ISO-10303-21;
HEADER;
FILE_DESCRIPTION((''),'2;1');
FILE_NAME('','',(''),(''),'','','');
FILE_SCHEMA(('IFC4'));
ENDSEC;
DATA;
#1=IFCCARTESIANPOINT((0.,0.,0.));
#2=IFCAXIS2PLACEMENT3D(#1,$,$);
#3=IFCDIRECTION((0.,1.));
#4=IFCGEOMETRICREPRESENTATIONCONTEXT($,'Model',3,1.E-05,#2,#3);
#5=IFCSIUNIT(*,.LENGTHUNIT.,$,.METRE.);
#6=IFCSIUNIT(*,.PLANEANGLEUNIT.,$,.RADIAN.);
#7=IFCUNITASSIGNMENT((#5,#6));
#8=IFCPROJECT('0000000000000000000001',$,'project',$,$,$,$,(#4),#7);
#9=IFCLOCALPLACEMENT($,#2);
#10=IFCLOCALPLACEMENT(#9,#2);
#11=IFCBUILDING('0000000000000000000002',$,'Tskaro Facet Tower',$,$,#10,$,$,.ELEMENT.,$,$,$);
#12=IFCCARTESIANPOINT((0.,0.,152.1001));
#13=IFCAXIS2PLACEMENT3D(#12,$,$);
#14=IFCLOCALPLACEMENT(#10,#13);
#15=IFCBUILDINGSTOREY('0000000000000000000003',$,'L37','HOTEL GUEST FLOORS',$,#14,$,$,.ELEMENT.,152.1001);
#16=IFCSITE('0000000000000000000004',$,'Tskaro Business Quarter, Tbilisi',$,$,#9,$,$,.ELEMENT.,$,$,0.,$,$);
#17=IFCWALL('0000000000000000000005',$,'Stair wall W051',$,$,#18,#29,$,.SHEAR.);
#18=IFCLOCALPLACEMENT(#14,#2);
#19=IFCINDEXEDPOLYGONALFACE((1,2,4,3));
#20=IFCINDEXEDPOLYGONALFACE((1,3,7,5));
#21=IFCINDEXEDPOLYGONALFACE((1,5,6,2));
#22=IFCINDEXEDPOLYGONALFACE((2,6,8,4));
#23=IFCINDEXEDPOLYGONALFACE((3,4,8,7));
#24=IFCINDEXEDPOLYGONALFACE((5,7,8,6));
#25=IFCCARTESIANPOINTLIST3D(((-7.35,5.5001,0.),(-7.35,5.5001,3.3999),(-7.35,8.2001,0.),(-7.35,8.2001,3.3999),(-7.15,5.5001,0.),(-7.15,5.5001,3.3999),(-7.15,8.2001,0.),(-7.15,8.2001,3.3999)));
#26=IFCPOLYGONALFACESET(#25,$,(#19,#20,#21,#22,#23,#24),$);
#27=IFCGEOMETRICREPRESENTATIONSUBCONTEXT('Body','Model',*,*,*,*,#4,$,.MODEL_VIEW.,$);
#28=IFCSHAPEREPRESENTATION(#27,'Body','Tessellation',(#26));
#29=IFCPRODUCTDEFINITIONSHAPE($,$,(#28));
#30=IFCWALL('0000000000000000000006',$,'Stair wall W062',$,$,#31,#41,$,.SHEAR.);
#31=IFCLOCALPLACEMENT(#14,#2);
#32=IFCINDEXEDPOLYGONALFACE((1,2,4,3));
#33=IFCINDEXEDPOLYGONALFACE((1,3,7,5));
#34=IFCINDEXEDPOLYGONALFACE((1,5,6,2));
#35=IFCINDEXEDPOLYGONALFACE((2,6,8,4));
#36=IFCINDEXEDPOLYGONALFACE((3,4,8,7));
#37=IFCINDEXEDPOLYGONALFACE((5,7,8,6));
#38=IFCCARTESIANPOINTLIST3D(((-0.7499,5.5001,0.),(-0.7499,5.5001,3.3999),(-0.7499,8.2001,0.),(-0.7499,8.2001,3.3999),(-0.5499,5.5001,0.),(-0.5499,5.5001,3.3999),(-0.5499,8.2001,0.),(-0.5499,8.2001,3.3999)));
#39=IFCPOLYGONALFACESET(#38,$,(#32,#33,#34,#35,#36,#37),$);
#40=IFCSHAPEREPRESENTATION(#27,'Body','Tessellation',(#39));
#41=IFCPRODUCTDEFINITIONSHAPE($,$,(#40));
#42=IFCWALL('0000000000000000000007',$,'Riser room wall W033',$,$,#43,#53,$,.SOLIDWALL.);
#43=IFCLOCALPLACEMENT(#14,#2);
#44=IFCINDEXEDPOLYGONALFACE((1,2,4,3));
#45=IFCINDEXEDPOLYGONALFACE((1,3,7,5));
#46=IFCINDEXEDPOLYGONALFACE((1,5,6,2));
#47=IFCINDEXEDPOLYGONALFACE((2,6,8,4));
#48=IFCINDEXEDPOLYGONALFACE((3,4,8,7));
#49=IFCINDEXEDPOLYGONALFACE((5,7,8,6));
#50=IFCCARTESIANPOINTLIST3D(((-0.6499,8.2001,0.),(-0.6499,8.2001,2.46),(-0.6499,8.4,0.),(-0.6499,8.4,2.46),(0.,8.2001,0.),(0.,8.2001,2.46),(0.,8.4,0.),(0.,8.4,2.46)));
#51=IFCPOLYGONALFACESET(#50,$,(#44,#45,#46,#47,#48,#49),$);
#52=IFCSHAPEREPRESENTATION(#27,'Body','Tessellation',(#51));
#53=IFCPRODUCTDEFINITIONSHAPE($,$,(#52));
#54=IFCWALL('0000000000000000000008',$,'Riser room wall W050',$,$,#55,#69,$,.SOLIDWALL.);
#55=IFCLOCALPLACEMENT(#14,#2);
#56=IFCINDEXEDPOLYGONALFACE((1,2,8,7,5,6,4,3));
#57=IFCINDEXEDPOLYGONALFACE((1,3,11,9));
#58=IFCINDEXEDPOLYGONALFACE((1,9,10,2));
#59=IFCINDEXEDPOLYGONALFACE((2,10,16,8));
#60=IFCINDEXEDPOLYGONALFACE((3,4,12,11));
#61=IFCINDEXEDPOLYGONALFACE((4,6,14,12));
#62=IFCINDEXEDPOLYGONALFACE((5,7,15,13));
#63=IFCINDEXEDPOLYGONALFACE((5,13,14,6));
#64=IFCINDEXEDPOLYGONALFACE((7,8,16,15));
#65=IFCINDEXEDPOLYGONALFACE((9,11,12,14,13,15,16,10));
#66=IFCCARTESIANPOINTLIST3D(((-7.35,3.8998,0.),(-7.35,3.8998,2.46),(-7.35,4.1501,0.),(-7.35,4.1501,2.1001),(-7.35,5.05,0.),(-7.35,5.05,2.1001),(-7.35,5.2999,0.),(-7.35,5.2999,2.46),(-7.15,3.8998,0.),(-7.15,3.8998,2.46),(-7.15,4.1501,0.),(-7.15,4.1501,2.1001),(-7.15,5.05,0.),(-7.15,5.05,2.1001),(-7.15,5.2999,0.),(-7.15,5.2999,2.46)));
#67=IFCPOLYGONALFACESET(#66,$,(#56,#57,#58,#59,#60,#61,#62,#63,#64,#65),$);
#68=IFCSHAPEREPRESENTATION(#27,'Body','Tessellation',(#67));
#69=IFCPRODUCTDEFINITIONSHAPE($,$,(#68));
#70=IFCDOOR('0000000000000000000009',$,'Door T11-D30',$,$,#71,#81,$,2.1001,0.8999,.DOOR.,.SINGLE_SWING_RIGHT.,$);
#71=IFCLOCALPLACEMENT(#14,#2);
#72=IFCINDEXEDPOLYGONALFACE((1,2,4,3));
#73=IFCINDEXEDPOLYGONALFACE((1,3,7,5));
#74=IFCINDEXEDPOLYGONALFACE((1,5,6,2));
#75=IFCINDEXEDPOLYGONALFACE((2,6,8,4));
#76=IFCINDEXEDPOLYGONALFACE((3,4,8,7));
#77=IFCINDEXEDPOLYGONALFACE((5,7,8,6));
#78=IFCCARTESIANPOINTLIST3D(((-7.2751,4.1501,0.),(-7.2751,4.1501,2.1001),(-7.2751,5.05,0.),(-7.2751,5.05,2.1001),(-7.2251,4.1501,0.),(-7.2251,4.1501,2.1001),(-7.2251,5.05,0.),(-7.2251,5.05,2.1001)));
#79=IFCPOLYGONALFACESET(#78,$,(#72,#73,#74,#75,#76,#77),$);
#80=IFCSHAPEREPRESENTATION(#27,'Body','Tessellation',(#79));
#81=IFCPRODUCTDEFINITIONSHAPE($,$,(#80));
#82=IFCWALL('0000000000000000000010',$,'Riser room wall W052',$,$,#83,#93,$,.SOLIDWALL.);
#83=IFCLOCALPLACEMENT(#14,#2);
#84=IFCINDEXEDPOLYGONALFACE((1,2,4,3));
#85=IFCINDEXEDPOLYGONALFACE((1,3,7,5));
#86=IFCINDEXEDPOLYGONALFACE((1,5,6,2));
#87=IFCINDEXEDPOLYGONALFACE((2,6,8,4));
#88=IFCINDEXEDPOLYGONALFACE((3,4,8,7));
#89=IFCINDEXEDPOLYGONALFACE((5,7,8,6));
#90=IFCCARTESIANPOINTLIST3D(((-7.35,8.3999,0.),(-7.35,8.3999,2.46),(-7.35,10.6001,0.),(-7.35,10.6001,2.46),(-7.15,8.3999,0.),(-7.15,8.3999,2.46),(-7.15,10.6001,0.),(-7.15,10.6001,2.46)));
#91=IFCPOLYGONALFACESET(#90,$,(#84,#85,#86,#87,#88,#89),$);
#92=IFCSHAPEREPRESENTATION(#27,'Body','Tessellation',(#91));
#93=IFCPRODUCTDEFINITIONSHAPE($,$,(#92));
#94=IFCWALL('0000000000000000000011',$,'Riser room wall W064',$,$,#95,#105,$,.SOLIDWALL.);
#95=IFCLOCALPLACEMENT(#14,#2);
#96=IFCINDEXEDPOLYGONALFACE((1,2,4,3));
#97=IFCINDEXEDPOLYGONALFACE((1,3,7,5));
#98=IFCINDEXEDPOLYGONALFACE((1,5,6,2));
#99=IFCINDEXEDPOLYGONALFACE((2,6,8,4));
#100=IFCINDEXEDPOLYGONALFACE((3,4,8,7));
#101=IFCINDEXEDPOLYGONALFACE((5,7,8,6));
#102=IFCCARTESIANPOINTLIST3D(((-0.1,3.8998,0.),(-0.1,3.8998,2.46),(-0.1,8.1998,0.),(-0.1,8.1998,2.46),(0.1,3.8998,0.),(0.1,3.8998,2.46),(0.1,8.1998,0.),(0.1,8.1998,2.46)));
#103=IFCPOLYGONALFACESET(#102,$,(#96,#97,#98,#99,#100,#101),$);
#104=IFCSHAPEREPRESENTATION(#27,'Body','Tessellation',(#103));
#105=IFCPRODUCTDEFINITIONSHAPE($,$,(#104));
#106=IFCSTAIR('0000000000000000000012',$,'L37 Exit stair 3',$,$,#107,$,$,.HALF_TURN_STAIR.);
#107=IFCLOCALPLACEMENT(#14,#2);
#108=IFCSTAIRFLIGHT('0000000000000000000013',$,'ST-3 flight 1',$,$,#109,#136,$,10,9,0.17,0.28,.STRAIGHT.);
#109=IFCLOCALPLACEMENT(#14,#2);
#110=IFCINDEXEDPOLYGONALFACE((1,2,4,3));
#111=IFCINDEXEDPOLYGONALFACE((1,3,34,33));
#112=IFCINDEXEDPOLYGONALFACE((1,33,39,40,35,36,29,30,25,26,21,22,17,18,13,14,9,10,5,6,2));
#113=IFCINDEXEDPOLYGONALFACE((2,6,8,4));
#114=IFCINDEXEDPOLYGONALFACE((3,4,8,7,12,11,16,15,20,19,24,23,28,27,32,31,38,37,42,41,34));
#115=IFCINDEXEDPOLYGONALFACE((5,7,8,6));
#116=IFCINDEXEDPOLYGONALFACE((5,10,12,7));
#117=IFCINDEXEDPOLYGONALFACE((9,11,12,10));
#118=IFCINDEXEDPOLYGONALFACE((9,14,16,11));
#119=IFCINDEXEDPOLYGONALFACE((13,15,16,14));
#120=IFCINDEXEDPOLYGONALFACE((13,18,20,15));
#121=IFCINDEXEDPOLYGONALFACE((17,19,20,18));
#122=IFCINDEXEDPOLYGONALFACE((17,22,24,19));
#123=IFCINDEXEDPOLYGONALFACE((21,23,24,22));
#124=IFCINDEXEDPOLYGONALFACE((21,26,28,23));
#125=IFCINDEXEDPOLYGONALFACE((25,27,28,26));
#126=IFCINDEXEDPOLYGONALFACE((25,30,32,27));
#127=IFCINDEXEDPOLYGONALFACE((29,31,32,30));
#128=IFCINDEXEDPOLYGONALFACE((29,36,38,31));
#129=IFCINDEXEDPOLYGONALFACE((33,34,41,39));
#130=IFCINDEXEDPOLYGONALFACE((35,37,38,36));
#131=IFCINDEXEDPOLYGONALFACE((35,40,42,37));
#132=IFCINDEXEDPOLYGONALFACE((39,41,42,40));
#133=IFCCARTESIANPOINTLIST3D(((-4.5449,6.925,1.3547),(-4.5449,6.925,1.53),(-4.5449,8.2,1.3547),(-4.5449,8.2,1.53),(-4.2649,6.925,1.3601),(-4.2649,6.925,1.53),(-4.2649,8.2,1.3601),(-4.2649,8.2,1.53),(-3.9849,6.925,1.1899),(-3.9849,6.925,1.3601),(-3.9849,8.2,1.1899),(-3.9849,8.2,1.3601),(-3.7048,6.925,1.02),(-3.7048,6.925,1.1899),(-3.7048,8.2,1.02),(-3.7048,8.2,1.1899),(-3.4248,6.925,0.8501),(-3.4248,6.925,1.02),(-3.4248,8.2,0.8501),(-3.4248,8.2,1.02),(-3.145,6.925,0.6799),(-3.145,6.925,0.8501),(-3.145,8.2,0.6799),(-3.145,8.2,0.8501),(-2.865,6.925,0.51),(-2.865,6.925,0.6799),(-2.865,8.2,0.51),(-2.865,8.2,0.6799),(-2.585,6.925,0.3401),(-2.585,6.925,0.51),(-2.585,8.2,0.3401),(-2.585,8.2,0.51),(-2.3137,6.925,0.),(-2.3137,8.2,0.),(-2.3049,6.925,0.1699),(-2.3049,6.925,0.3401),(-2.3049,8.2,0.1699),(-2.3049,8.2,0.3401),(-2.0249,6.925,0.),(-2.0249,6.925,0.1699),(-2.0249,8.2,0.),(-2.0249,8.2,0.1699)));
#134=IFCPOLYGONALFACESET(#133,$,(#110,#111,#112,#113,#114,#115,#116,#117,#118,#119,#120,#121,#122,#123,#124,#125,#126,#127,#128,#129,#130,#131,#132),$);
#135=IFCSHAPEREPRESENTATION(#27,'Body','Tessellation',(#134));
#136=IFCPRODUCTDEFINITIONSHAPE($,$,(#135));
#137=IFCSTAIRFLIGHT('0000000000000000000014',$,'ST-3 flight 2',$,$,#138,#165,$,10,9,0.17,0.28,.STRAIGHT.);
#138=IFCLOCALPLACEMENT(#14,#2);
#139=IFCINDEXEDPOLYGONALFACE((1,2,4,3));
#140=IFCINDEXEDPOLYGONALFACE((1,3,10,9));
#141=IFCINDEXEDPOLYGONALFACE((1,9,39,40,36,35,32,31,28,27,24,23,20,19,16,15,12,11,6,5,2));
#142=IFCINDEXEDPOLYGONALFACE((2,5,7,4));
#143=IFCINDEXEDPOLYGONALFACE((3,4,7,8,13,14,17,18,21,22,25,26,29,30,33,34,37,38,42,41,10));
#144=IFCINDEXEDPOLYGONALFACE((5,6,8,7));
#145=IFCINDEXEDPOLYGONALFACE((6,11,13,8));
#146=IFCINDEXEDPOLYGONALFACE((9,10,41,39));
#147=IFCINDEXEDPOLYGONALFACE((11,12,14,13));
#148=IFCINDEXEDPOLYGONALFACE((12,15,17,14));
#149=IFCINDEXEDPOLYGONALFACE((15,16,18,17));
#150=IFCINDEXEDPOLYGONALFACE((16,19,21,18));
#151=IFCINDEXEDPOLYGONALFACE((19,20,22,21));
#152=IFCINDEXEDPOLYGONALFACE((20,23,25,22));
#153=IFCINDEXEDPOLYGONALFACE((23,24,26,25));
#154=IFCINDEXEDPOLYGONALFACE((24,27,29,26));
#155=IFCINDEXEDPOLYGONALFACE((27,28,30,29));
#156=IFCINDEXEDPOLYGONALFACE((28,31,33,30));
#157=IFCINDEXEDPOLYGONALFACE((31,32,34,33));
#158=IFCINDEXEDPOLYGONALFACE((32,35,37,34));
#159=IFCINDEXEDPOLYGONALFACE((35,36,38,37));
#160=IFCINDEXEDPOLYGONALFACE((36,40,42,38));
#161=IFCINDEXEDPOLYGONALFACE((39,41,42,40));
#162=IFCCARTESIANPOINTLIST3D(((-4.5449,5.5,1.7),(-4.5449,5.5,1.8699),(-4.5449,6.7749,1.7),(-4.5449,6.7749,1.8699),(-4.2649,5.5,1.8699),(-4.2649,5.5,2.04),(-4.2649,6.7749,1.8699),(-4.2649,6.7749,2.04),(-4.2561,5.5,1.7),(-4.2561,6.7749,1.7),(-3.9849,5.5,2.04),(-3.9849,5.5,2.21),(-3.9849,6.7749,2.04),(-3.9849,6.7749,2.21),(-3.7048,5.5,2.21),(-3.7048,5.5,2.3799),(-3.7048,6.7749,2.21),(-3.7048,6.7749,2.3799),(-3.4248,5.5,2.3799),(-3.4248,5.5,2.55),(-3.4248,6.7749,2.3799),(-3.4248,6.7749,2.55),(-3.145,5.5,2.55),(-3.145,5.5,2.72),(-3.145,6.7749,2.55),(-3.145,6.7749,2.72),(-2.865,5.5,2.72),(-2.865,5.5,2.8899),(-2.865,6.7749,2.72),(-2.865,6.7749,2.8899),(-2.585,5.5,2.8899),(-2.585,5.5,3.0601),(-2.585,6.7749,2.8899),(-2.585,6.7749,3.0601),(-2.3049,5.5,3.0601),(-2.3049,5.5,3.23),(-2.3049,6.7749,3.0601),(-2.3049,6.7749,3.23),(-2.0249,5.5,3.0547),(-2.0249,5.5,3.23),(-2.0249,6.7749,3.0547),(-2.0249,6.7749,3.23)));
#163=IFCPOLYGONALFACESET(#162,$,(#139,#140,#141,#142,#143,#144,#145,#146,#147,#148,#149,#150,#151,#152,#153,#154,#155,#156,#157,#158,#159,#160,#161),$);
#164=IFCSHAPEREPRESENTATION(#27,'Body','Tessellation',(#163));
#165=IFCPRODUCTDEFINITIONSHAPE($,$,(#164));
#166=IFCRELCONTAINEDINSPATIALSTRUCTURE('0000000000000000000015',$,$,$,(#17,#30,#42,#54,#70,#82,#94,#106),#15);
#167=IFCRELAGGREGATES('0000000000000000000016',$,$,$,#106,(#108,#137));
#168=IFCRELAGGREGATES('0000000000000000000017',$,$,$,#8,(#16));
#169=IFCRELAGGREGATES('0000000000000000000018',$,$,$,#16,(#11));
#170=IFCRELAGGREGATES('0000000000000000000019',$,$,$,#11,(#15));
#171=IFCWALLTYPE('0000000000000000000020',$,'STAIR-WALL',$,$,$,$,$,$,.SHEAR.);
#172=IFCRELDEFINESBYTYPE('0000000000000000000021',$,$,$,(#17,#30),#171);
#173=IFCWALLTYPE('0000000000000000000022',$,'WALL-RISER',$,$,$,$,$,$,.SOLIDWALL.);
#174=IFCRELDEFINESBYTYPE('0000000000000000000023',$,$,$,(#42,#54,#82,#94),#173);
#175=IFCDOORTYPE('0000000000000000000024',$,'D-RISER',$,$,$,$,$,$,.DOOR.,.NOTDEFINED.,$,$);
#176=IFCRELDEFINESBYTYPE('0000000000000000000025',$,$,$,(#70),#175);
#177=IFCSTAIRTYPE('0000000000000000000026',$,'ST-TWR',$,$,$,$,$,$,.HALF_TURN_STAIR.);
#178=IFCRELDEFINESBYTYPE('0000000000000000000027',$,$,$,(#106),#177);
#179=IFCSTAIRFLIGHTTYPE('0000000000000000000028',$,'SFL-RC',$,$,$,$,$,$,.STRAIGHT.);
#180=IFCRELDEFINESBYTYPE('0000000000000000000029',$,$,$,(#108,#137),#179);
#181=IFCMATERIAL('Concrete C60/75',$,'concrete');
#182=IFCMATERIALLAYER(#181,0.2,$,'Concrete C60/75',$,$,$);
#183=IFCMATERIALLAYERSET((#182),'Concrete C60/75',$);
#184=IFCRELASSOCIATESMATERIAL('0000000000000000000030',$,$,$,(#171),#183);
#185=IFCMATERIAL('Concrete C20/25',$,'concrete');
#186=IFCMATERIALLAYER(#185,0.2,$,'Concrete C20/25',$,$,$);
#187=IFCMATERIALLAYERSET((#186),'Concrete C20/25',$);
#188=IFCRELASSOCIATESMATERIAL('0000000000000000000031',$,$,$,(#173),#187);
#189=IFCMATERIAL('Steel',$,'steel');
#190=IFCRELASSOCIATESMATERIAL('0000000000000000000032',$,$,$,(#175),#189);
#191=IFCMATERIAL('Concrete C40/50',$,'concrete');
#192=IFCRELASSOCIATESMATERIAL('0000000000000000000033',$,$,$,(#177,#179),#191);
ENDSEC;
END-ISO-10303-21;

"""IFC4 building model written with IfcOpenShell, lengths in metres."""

from ifc_helpers import new_model, si_unit, direction, frame, frame_2d, origin, place, context, subcontext, project, spatial, polyline, rectangle, outline, extrude, material, layer, layer_set, type_object, element, fill, aggregate, save


model = new_model("IFC4")

# Units and contexts
model_context = context("Model", 3, precision=1e-05, world=origin(), true_north=direction((0.0, 1.0)))
body_context = subcontext(model_context, "Body", "Model", "MODEL_VIEW")
ifc_project = project(units=[si_unit("LENGTHUNIT", "METRE"), si_unit("PLANEANGLEUNIT", "RADIAN")], contexts=[model_context])

# Site, building, storey
site_placement = place(None, origin())
site = spatial("IfcSite", under=ifc_project, at=site_placement, Name="Tskaro Business Quarter, Tbilisi", CompositionType="ELEMENT", RefElevation=0.0)
building_placement = place(site_placement, origin())
building = spatial("IfcBuilding", under=site, at=building_placement, Name="Tskaro Facet Tower", CompositionType="ELEMENT")
storey_placement = place(building_placement, frame((0.0, 0.0, 152.1001)))
storey = spatial("IfcBuildingStorey", under=building, at=storey_placement, Name="L37", Description="HOTEL GUEST FLOORS", CompositionType="ELEMENT", Elevation=152.1001)

# Shared definitions
ifc_material_1 = material(Name="Concrete C60/75", Category="concrete")
ifc_layer_1 = layer(ifc_material_1, 0.2, Name="Concrete C60/75")
ifc_layer_set_1 = layer_set([ifc_layer_1], Name="Concrete C60/75")
wall_type_1 = type_object("IfcWallType", Name="STAIR-WALL", PredefinedType="SHEAR", material=ifc_layer_set_1)

# Shared definitions
ifc_material_2 = material(Name="Steel", Category="steel")

# Walls
for number, where, z_axis, x_axis, name in (
    (1, (-7.25, 5.5, 0.0), (0.0, 0.0, 1.0), (0.0, 1.0, 0.0), "Stair wall W051"),
    (2, (-0.6499, 5.5, 0.0), (0.0, 0.0, 1.0), (0.0, 1.0, 0.0), "Stair wall W062"),
):
    element("IfcWall", number, at=place(storey_placement, frame(where, z_axis=z_axis, x_axis=x_axis)), inside=storey, type_object=wall_type_1, Name=name, PredefinedType="SHEAR", context=body_context, shape_type="SweptSolid", body=[
        extrude(rectangle(XDim=2.7, YDim=0.2, at=frame_2d((1.3501, 0.0))), origin(), (0.0, 0.0, 1.0), 3.3999),
    ])
ifc_material_3 = material(Name="Concrete C20/25", Category="concrete")
ifc_layer_2 = layer(ifc_material_3, 0.2, Name="Concrete C20/25")
ifc_layer_set_2 = layer_set([ifc_layer_2], Name="Concrete C20/25")
wall_type_2 = type_object("IfcWallType", Name="WALL-RISER", PredefinedType="SOLIDWALL", material=ifc_layer_set_2)
wall_1_placement = place(storey_placement, frame((-0.6499, 8.3, 0.0), z_axis=(0.0, 0.0, 1.0), x_axis=(1.0, 0.0, 0.0)))
element("IfcWall", 3, at=wall_1_placement, inside=storey, type_object=wall_type_2, Name="Riser room wall W033", PredefinedType="SOLIDWALL", context=body_context, shape_type="SweptSolid", body=[
    extrude(rectangle(XDim=0.6499, YDim=0.2, at=frame_2d((0.325, 0.0))), origin(), (0.0, 0.0, 1.0), 2.46),
])

# Wall, opening, door
wall_2_placement = place(storey_placement, frame((-7.25, 5.3, 0.0), z_axis=(0.0, 0.0, 1.0), x_axis=(0.0, -1.0, 0.0)))
wall_2 = element("IfcWall", 4, at=wall_2_placement, inside=storey, type_object=wall_type_2, Name="Riser room wall W050", PredefinedType="SOLIDWALL", context=body_context, shape_type="SweptSolid", body=[
    extrude(rectangle(XDim=1.4001, YDim=0.2, at=frame_2d((0.7002, 0.0))), origin(), (0.0, 0.0, 1.0), 2.46),
])
opening_1_placement = place(wall_2_placement, frame((0.25, 0.0, 0.0)))
opening_1 = element("IfcOpeningElement", 5, at=opening_1_placement, cuts=wall_2, PredefinedType="OPENING", context=body_context, shape_type="SweptSolid", body=[
    extrude(rectangle(XDim=0.8999, YDim=2.1001, at=frame_2d((0.45, 1.05))), frame((0.0, 0.1099, 0.0), z_axis=(0.0, -1.0, 0.0), x_axis=(1.0, 0.0, 0.0)), (0.0, 0.0, 1.0), 0.22),
])
door_type_1 = type_object("IfcDoorType", Name="D-RISER", OperationType="NOTDEFINED", PredefinedType="DOOR", material=ifc_material_2)
door_1_placement = place(opening_1_placement, origin())
door_1 = element("IfcDoor", 6, at=door_1_placement, inside=storey, type_object=door_type_1, Name="Door T11-D30", OperationType="SINGLE_SWING_RIGHT", OverallHeight=2.1001, OverallWidth=0.8999, PredefinedType="DOOR", context=body_context, shape_type="SweptSolid", body=[
    extrude(rectangle(XDim=0.8999, YDim=2.1001, at=frame_2d((0.45, 1.05))), frame((0.0, 0.0249, 0.0), z_axis=(0.0, -1.0, 0.0), x_axis=(1.0, 0.0, 0.0)), (0.0, 0.0, 1.0), 0.05),
])
fill(opening_1, door_1)

# Walls
wall_3_placement = place(storey_placement, frame((-7.25, 8.3999, 0.0), z_axis=(0.0, 0.0, 1.0), x_axis=(0.0, 1.0, 0.0)))
element("IfcWall", 7, at=wall_3_placement, inside=storey, type_object=wall_type_2, Name="Riser room wall W052", PredefinedType="SOLIDWALL", context=body_context, shape_type="SweptSolid", body=[
    extrude(rectangle(XDim=2.2002, YDim=0.2, at=frame_2d((1.1001, 0.0))), origin(), (0.0, 0.0, 1.0), 2.46),
])
wall_4_placement = place(storey_placement, frame((0.0, 3.8999, 0.0), z_axis=(0.0, 0.0, 1.0), x_axis=(0.0, 1.0, 0.0)))
element("IfcWall", 8, at=wall_4_placement, inside=storey, type_object=wall_type_2, Name="Riser room wall W064", PredefinedType="SOLIDWALL", context=body_context, shape_type="SweptSolid", body=[
    extrude(rectangle(XDim=4.3, YDim=0.2, at=frame_2d((2.1499, 0.0))), origin(), (0.0, 0.0, 1.0), 2.46),
])

# Stair, stair flights
ifc_material_4 = material(Name="Concrete C40/50", Category="concrete")
stair_type = type_object("IfcStairType", Name="ST-TWR", PredefinedType="HALF_TURN_STAIR", material=ifc_material_4)
stair_placement = place(storey_placement, origin())
stair = element("IfcStair", 9, at=stair_placement, inside=storey, type_object=stair_type, Name="L37 Exit stair 3", PredefinedType="HALF_TURN_STAIR")
stair_flight_type = type_object("IfcStairFlightType", Name="SFL-RC", PredefinedType="STRAIGHT", material=ifc_material_4)
stair_flight_1_placement = place(storey_placement, frame((-2.0249, 7.5625, 0.0), z_axis=(0.0, 0.0, 1.0), x_axis=(-1.0, 0.0, 0.0)))
stair_flight_1 = element("IfcStairFlight", 10, at=stair_flight_1_placement, type_object=stair_flight_type, Name="ST-3 flight 1", NumberOfRisers=10, NumberOfTreads=9, PredefinedType="STRAIGHT", RiserHeight=0.17, TreadLength=0.28, context=body_context, shape_type="SweptSolid", body=[
    extrude(outline(polyline([(0.0, 0.0), (0.0, 0.1699), (0.28, 0.1699), (0.28, 0.3401), (0.5601, 0.3401), (0.5601, 0.51), (0.8401, 0.51), (0.8401, 0.6799), (1.1201, 0.6799), (1.1201, 0.8501), (1.3999, 0.8501), (1.3999, 1.02), (1.6799, 1.02), (1.6799, 1.1899), (1.96, 1.1899), (1.96, 1.3601), (2.24, 1.3601), (2.24, 1.53), (2.52, 1.53), (2.52, 1.7), (2.52, 1.3547), (0.2888, 0.0), (0.0, 0.0)])), frame((0.0, 0.6375, 0.0), z_axis=(0.0, -1.0, 0.0), x_axis=(1.0, 0.0, 0.0)), (0.0, 0.0, 1.0), 1.2749),
])
stair_flight_2_placement = place(storey_placement, frame((-4.5449, 6.1375, 1.7), z_axis=(0.0, 0.0, 1.0), x_axis=(1.0, 0.0, 0.0)))
stair_flight_2 = element("IfcStairFlight", 11, at=stair_flight_2_placement, type_object=stair_flight_type, Name="ST-3 flight 2", NumberOfRisers=10, NumberOfTreads=9, PredefinedType="STRAIGHT", RiserHeight=0.17, TreadLength=0.28, context=body_context, shape_type="SweptSolid", body=[
    extrude(outline(polyline([(0.0, 0.0), (0.0, 0.1699), (0.28, 0.1699), (0.28, 0.3401), (0.5601, 0.3401), (0.5601, 0.51), (0.8401, 0.51), (0.8401, 0.6799), (1.1201, 0.6799), (1.1201, 0.8501), (1.3999, 0.8501), (1.3999, 1.02), (1.6799, 1.02), (1.6799, 1.1899), (1.96, 1.1899), (1.96, 1.3601), (2.24, 1.3601), (2.24, 1.53), (2.52, 1.53), (2.52, 1.7), (2.52, 1.3547), (0.2888, 0.0), (0.0, 0.0)])), frame((0.0, 0.6375, 0.0), z_axis=(0.0, -1.0, 0.0), x_axis=(1.0, 0.0, 0.0)), (0.0, 0.0, 1.0), 1.2749),
])
aggregate(stair, [stair_flight_1, stair_flight_2])

save(model, "model.ifc")
